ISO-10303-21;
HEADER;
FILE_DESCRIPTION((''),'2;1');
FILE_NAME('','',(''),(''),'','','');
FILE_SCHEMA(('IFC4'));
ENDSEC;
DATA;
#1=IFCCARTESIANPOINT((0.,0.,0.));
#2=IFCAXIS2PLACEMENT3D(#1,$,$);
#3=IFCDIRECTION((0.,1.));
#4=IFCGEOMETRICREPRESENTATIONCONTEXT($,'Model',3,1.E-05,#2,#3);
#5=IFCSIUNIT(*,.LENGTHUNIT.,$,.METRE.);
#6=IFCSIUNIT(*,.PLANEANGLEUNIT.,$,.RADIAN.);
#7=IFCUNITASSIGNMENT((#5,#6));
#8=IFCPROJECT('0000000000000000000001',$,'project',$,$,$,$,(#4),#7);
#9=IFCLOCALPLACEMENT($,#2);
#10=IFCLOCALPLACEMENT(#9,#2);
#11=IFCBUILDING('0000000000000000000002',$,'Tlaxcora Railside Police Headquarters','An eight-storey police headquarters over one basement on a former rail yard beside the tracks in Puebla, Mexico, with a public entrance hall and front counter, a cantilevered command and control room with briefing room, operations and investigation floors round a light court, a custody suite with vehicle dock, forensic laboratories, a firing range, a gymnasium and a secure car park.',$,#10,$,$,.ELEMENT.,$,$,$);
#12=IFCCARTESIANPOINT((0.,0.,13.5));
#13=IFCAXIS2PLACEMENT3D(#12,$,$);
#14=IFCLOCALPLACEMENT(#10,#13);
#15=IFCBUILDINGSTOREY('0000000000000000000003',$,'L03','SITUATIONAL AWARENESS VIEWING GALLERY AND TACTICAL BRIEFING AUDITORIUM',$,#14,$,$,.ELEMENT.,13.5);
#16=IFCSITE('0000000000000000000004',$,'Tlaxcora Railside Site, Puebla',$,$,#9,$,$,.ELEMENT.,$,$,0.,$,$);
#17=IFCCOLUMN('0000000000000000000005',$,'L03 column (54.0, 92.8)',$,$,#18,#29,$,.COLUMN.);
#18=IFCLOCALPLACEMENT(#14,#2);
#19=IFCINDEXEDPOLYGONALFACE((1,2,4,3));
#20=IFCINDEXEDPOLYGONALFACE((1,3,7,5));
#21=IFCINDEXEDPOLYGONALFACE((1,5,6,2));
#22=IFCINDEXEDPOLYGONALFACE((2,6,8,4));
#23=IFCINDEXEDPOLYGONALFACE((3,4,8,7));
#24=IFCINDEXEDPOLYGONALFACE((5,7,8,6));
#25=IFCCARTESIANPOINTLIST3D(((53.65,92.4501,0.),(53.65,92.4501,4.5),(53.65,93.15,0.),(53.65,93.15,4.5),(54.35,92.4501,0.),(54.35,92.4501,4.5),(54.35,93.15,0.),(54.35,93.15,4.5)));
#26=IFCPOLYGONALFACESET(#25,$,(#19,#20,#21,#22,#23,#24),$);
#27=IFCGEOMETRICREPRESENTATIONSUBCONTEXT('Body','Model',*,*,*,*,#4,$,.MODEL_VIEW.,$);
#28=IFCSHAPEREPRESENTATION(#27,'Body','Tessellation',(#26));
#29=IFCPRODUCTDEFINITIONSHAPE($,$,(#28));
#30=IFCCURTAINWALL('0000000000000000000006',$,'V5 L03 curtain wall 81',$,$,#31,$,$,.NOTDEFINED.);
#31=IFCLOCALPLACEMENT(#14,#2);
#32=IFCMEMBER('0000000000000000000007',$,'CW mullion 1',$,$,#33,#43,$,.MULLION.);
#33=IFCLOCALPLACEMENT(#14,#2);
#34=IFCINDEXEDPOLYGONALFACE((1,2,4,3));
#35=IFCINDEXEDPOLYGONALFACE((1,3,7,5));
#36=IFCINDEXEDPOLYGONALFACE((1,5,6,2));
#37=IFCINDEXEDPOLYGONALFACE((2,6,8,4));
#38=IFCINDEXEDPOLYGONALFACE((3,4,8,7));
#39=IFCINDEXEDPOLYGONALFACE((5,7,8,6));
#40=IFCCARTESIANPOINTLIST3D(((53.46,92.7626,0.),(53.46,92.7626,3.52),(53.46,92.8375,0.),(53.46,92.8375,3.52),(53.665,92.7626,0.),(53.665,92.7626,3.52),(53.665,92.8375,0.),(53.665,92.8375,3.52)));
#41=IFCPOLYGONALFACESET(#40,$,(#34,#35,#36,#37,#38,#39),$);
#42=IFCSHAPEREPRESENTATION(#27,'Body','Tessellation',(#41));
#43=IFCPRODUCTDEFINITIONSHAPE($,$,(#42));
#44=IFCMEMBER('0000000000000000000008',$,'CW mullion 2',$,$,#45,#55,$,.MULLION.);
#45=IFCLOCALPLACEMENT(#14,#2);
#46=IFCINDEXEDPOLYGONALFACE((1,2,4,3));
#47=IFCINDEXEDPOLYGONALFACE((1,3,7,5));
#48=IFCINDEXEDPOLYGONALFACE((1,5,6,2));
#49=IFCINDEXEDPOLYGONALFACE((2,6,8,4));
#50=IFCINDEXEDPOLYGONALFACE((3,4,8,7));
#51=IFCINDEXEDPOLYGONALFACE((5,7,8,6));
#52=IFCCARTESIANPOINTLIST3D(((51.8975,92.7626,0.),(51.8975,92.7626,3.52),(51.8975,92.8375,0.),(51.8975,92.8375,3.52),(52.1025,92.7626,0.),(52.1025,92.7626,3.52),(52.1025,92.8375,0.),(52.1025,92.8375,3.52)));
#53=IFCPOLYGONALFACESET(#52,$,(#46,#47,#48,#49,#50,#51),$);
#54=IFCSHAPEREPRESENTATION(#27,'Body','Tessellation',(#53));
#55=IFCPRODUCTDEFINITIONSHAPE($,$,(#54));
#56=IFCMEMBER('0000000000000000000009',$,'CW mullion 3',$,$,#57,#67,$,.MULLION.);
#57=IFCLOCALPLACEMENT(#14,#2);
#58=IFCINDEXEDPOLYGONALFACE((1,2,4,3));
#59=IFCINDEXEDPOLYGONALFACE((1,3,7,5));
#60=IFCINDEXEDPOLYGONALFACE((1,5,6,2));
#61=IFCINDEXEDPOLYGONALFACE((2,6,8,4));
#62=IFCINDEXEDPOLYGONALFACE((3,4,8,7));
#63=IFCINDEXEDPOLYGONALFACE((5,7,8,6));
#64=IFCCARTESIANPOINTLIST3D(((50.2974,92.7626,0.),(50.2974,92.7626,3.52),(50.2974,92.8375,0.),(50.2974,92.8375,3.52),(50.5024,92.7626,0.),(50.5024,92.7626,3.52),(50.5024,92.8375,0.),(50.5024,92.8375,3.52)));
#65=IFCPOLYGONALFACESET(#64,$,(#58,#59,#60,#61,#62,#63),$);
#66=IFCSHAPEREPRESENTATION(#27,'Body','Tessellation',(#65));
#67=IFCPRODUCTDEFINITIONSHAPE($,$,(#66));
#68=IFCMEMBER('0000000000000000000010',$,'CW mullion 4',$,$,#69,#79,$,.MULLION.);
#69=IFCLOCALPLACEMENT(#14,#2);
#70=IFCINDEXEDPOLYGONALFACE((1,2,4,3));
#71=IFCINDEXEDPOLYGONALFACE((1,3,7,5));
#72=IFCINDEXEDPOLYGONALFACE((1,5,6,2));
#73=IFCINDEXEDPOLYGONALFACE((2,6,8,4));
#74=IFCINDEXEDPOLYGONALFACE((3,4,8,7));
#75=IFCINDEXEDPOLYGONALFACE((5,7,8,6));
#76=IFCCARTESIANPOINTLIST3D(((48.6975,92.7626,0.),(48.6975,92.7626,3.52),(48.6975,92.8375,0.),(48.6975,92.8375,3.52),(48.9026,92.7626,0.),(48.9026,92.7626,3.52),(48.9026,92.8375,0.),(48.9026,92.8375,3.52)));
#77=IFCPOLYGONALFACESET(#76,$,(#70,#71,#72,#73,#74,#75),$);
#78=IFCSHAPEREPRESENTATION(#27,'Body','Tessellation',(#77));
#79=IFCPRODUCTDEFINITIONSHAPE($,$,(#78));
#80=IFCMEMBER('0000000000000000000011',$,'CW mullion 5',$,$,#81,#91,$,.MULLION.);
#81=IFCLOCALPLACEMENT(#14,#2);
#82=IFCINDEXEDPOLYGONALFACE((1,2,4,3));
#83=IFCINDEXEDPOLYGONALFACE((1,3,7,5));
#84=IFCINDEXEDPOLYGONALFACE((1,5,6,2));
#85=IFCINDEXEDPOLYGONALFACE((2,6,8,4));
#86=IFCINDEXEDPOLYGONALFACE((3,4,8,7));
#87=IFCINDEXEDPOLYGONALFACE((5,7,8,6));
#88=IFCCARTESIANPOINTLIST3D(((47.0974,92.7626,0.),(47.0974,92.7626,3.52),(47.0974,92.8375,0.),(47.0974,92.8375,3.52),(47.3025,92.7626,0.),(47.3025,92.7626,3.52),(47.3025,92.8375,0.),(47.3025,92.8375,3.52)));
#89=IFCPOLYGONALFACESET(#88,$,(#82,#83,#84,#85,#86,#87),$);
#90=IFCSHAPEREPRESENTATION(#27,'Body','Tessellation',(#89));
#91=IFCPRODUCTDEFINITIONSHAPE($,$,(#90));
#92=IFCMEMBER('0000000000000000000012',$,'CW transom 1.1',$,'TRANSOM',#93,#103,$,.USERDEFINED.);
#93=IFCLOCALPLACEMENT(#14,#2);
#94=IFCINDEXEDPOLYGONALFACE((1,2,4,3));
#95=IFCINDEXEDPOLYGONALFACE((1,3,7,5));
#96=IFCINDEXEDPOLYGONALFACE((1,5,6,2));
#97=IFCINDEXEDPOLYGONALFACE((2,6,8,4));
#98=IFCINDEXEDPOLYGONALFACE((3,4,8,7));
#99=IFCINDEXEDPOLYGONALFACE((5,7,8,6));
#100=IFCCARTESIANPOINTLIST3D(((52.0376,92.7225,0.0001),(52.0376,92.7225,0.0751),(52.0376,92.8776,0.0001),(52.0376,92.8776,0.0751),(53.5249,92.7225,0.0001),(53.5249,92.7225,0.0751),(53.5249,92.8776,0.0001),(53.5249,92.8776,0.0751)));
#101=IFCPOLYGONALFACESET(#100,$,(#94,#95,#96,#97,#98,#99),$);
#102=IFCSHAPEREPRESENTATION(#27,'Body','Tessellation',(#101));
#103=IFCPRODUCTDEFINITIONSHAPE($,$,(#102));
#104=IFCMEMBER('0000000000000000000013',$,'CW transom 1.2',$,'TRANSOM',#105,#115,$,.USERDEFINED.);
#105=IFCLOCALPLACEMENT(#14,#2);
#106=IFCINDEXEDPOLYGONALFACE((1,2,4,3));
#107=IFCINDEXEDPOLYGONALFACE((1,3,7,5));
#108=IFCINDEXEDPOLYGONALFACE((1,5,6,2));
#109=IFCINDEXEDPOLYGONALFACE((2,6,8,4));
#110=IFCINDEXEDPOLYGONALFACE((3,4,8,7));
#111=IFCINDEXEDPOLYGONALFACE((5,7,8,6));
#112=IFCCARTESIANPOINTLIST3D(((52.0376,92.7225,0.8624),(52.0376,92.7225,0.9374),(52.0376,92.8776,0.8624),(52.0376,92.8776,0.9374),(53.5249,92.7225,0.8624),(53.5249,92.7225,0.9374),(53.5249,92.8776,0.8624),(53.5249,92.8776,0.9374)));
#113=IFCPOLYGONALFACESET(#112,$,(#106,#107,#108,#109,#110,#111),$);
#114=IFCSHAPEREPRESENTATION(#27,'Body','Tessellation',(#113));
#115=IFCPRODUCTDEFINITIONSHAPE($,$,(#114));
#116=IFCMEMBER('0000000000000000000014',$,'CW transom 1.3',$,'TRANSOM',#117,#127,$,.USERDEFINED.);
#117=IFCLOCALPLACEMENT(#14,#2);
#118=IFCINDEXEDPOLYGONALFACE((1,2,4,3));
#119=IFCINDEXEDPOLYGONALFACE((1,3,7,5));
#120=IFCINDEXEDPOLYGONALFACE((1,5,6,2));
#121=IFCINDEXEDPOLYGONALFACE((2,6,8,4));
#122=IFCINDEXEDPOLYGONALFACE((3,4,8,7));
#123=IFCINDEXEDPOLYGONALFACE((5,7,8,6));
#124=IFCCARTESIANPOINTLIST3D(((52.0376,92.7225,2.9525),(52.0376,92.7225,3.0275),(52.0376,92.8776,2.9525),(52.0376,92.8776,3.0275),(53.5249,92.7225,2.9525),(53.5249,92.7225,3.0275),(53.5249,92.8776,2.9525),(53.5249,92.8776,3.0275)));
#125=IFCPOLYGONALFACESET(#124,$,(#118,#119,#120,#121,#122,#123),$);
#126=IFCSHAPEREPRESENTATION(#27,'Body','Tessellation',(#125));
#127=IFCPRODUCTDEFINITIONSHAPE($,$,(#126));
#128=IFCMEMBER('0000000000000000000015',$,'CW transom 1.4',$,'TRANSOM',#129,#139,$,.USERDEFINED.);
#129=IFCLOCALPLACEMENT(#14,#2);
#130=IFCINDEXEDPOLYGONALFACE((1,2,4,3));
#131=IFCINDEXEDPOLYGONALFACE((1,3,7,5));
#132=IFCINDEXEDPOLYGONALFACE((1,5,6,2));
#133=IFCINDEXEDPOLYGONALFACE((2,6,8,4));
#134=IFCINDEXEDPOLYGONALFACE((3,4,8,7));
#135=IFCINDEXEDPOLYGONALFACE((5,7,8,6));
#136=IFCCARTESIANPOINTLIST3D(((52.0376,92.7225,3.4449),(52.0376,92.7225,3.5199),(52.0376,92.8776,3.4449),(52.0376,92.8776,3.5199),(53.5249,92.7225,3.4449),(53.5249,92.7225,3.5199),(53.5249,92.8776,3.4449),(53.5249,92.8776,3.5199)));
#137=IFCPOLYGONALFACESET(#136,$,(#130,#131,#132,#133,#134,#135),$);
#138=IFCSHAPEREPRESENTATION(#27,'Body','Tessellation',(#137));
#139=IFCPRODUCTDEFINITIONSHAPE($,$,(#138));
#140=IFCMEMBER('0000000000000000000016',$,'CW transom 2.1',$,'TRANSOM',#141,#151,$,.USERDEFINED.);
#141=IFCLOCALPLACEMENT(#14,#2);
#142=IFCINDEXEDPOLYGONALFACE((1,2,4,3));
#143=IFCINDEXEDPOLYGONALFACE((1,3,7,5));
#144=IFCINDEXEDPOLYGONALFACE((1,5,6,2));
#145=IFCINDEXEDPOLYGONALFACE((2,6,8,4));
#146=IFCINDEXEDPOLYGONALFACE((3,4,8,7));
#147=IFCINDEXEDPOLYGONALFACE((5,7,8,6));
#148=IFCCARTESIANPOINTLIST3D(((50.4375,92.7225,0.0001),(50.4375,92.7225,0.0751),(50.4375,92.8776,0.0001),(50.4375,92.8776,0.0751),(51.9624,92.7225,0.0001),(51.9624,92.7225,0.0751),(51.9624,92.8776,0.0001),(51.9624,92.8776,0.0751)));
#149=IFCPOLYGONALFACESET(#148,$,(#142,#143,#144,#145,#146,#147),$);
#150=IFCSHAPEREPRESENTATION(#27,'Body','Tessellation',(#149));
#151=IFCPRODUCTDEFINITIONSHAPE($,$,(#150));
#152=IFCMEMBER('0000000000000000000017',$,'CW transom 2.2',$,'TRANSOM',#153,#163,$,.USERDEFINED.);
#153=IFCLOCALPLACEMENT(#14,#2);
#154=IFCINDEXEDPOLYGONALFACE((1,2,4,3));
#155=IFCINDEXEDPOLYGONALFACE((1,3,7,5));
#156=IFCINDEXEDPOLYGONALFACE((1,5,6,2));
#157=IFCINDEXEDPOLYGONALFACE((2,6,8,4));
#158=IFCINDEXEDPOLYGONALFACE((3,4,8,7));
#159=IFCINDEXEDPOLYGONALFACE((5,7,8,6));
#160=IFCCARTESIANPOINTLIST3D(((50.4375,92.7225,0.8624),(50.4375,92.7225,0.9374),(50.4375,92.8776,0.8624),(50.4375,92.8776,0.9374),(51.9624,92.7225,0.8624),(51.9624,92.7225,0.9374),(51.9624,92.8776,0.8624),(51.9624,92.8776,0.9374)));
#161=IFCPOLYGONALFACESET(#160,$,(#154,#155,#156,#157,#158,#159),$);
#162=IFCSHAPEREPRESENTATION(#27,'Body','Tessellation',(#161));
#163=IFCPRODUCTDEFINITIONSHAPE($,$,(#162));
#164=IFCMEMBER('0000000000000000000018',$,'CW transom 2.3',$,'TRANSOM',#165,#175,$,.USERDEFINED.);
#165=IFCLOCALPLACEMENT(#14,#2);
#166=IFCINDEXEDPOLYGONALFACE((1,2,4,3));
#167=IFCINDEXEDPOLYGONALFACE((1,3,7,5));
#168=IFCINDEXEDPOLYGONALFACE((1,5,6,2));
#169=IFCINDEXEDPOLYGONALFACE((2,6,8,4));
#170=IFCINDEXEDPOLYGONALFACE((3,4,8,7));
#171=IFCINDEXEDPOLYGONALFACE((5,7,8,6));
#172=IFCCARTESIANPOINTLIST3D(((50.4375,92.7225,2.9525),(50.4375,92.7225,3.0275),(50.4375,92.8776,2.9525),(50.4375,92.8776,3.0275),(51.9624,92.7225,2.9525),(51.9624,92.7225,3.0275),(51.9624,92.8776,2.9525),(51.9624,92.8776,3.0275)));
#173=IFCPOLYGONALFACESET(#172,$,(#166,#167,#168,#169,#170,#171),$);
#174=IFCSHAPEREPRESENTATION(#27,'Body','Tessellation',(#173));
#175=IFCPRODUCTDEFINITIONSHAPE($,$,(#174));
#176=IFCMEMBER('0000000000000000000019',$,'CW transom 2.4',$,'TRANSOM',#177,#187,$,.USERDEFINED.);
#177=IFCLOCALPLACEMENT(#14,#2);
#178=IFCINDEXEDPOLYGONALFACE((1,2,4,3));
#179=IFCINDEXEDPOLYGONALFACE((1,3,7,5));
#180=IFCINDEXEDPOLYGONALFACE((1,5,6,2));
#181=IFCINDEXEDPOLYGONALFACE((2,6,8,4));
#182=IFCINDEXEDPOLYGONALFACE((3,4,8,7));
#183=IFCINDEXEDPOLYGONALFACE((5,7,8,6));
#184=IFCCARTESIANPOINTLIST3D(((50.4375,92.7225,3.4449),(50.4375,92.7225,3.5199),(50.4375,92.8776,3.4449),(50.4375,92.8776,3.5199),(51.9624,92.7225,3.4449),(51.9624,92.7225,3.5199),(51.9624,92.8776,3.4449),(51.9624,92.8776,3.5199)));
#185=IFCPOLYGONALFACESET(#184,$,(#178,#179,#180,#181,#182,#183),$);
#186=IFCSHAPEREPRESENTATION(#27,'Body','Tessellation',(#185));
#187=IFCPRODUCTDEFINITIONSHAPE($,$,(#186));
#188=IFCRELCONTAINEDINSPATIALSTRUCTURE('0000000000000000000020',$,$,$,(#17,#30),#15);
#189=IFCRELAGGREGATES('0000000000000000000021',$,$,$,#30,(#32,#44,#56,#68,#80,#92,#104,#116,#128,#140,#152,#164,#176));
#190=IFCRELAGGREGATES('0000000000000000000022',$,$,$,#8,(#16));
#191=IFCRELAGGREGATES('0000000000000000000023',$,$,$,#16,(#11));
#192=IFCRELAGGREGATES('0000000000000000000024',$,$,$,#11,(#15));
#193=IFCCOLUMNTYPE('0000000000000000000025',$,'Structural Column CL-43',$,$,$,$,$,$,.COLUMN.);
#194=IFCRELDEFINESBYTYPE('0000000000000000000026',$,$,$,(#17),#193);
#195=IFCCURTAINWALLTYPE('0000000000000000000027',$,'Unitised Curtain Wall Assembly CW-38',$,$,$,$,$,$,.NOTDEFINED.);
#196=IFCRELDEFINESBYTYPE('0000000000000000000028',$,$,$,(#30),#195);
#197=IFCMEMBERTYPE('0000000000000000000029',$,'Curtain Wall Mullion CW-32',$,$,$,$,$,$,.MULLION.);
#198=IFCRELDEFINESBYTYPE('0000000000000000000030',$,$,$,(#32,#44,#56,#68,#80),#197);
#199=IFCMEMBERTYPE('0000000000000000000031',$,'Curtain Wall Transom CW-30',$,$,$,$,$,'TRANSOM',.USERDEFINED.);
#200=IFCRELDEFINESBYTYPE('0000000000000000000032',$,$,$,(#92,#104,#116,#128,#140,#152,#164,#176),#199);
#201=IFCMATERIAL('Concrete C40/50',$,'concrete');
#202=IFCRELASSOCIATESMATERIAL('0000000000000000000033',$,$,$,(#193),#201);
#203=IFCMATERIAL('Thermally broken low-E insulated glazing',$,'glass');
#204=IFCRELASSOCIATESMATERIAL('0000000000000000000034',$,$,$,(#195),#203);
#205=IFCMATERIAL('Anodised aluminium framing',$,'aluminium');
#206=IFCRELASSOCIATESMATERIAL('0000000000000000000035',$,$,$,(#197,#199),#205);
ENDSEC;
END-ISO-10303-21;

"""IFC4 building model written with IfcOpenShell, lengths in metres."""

from ifc_helpers import new_model, si_unit, direction, frame, origin, origin_2d, place, context, subcontext, project, spatial, rectangle, extrude, material, material_profile, profile_set, type_object, element, aggregate, save


model = new_model("IFC4")

# Units and contexts
model_context = context("Model", 3, precision=1e-05, world=origin(), true_north=direction((0.0, 1.0)))
body_context = subcontext(model_context, "Body", "Model", "MODEL_VIEW")
ifc_project = project(units=[si_unit("LENGTHUNIT", "METRE"), si_unit("PLANEANGLEUNIT", "RADIAN")], contexts=[model_context])

# Site, building, storey
site_placement = place(None, origin())
site = spatial("IfcSite", under=ifc_project, at=site_placement, Name="Tlaxcora Railside Site, Puebla", CompositionType="ELEMENT", RefElevation=0.0)
building_placement = place(site_placement, origin())
building = spatial("IfcBuilding", under=site, at=building_placement, Name="Tlaxcora Railside Police Headquarters", Description="An eight-storey police headquarters over one basement on a former rail yard beside the tracks in Puebla, Mexico, with a public entrance hall and front counter, a cantilevered command and control room with briefing room, operations and investigation floors round a light court, a custody suite with vehicle dock, forensic laboratories, a firing range, a gymnasium and a secure car park.", CompositionType="ELEMENT")
storey_placement = place(building_placement, frame((0.0, 0.0, 13.5)))
storey = spatial("IfcBuildingStorey", under=building, at=storey_placement, Name="L03", Description="SITUATIONAL AWARENESS VIEWING GALLERY AND TACTICAL BRIEFING AUDITORIUM", CompositionType="ELEMENT", Elevation=13.5)

# Column
ifc_material_1 = material(Name="Concrete C40/50", Category="concrete")
ifc_material_profile_1 = material_profile(ifc_material_1, rectangle(XDim=0.7, YDim=0.7, at=origin_2d()), Name="RC700X700")
ifc_profile_set_1 = profile_set([ifc_material_profile_1], Name="Concrete C40/50")
column_type = type_object("IfcColumnType", Name="Structural Column CL-43", PredefinedType="COLUMN", material=ifc_profile_set_1)
column_placement = place(storey_placement, frame((54.0, 92.8, 0.0), z_axis=(0.0, 0.0, 1.0), x_axis=(1.0, 0.0, 0.0)))
element("IfcColumn", 1, at=column_placement, inside=storey, type_object=column_type, Name="L03 column (54.0, 92.8)", PredefinedType="COLUMN", context=body_context, shape_type="SweptSolid", body=[
    extrude(rectangle(XDim=0.7, YDim=0.7, at=origin_2d()), origin(), (0.0, 0.0, 1.0), 4.5),
])

# Curtain wall, members
ifc_material_2 = material(Name="Thermally broken low-E insulated glazing", Category="glass")
curtain_wall_type = type_object("IfcCurtainWallType", Name="Unitised Curtain Wall Assembly CW-38", PredefinedType="NOTDEFINED", material=ifc_material_2)
curtain_wall_placement = place(storey_placement, origin())
curtain_wall = element("IfcCurtainWall", 2, at=curtain_wall_placement, inside=storey, type_object=curtain_wall_type, Name="V5 L03 curtain wall 81", PredefinedType="NOTDEFINED")
ifc_material_3 = material(Name="Anodised aluminium framing", Category="aluminium")
ifc_material_profile_2 = material_profile(ifc_material_3, rectangle(XDim=0.075, YDim=0.2051, at=origin_2d()), Name="AL75X205")
ifc_profile_set_2 = profile_set([ifc_material_profile_2], Name="Anodised aluminium framing")
member_type_1 = type_object("IfcMemberType", Name="Curtain Wall Mullion CW-32", PredefinedType="MULLION", material=ifc_profile_set_2)
member_1_placement = place(storey_placement, frame((53.5625, 92.8, 0.0), z_axis=(0.0, 0.0, 1.0), x_axis=(0.0, -1.0, 0.0)))
member_1 = element("IfcMember", 3, at=member_1_placement, type_object=member_type_1, Name="CW mullion 1", PredefinedType="MULLION", context=body_context, shape_type="SweptSolid", body=[
    extrude(rectangle(XDim=0.075, YDim=0.2051, at=origin_2d()), origin(), (0.0, 0.0, 1.0), 3.52),
])
member_2_placement = place(storey_placement, frame((52.0, 92.8, 0.0), z_axis=(0.0, 0.0, 1.0), x_axis=(0.0, -1.0, 0.0)))
member_2 = element("IfcMember", 4, at=member_2_placement, type_object=member_type_1, Name="CW mullion 2", PredefinedType="MULLION", context=body_context, shape_type="SweptSolid", body=[
    extrude(rectangle(XDim=0.075, YDim=0.2051, at=origin_2d()), origin(), (0.0, 0.0, 1.0), 3.52),
])
member_3_placement = place(storey_placement, frame((50.3999, 92.8, 0.0), z_axis=(0.0, 0.0, 1.0), x_axis=(0.0, -1.0, 0.0)))
member_3 = element("IfcMember", 5, at=member_3_placement, type_object=member_type_1, Name="CW mullion 3", PredefinedType="MULLION", context=body_context, shape_type="SweptSolid", body=[
    extrude(rectangle(XDim=0.075, YDim=0.2051, at=origin_2d()), origin(), (0.0, 0.0, 1.0), 3.52),
])
member_4_placement = place(storey_placement, frame((48.8, 92.8, 0.0), z_axis=(0.0, 0.0, 1.0), x_axis=(0.0, -1.0, 0.0)))
member_4 = element("IfcMember", 6, at=member_4_placement, type_object=member_type_1, Name="CW mullion 4", PredefinedType="MULLION", context=body_context, shape_type="SweptSolid", body=[
    extrude(rectangle(XDim=0.075, YDim=0.2051, at=origin_2d()), origin(), (0.0, 0.0, 1.0), 3.52),
])
member_5_placement = place(storey_placement, frame((47.2, 92.8, 0.0), z_axis=(0.0, 0.0, 1.0), x_axis=(0.0, -1.0, 0.0)))
member_5 = element("IfcMember", 7, at=member_5_placement, type_object=member_type_1, Name="CW mullion 5", PredefinedType="MULLION", context=body_context, shape_type="SweptSolid", body=[
    extrude(rectangle(XDim=0.075, YDim=0.2051, at=origin_2d()), origin(), (0.0, 0.0, 1.0), 3.52),
])
ifc_material_profile_3 = material_profile(ifc_material_3, rectangle(XDim=0.155, YDim=0.075, at=origin_2d()), Name="AL75X155")
ifc_profile_set_3 = profile_set([ifc_material_profile_3], Name="Anodised aluminium framing")
member_type_2 = type_object("IfcMemberType", Name="Curtain Wall Transom CW-30", ElementType="TRANSOM", PredefinedType="USERDEFINED", material=ifc_profile_set_3)
member_6_placement = place(storey_placement, frame((53.5249, 92.8, 0.0376), z_axis=(-1.0, 0.0, 0.0), x_axis=(0.0, -1.0, 0.0)))
member_6 = element("IfcMember", 8, at=member_6_placement, type_object=member_type_2, Name="CW transom 1.1", ObjectType="TRANSOM", PredefinedType="USERDEFINED", context=body_context, shape_type="SweptSolid", body=[
    extrude(rectangle(XDim=0.155, YDim=0.075, at=origin_2d()), origin(), (0.0, 0.0, 1.0), 1.4873),
])
member_7_placement = place(storey_placement, frame((53.5249, 92.8, 0.8999), z_axis=(-1.0, 0.0, 0.0), x_axis=(0.0, -1.0, 0.0)))
member_7 = element("IfcMember", 9, at=member_7_placement, type_object=member_type_2, Name="CW transom 1.2", ObjectType="TRANSOM", PredefinedType="USERDEFINED", context=body_context, shape_type="SweptSolid", body=[
    extrude(rectangle(XDim=0.155, YDim=0.075, at=origin_2d()), origin(), (0.0, 0.0, 1.0), 1.4873),
])
member_8_placement = place(storey_placement, frame((53.5249, 92.8, 2.99), z_axis=(-1.0, 0.0, 0.0), x_axis=(0.0, -1.0, 0.0)))
member_8 = element("IfcMember", 10, at=member_8_placement, type_object=member_type_2, Name="CW transom 1.3", ObjectType="TRANSOM", PredefinedType="USERDEFINED", context=body_context, shape_type="SweptSolid", body=[
    extrude(rectangle(XDim=0.155, YDim=0.075, at=origin_2d()), origin(), (0.0, 0.0, 1.0), 1.4873),
])
member_9_placement = place(storey_placement, frame((53.5249, 92.8, 3.4824), z_axis=(-1.0, 0.0, 0.0), x_axis=(0.0, -1.0, 0.0)))
member_9 = element("IfcMember", 11, at=member_9_placement, type_object=member_type_2, Name="CW transom 1.4", ObjectType="TRANSOM", PredefinedType="USERDEFINED", context=body_context, shape_type="SweptSolid", body=[
    extrude(rectangle(XDim=0.155, YDim=0.075, at=origin_2d()), origin(), (0.0, 0.0, 1.0), 1.4873),
])
member_10_placement = place(storey_placement, frame((51.9624, 92.8, 0.0376), z_axis=(-1.0, 0.0, 0.0), x_axis=(0.0, -1.0, 0.0)))
member_10 = element("IfcMember", 12, at=member_10_placement, type_object=member_type_2, Name="CW transom 2.1", ObjectType="TRANSOM", PredefinedType="USERDEFINED", context=body_context, shape_type="SweptSolid", body=[
    extrude(rectangle(XDim=0.155, YDim=0.075, at=origin_2d()), origin(), (0.0, 0.0, 1.0), 1.5249),
])
member_11_placement = place(storey_placement, frame((51.9624, 92.8, 0.8999), z_axis=(-1.0, 0.0, 0.0), x_axis=(0.0, -1.0, 0.0)))
member_11 = element("IfcMember", 13, at=member_11_placement, type_object=member_type_2, Name="CW transom 2.2", ObjectType="TRANSOM", PredefinedType="USERDEFINED", context=body_context, shape_type="SweptSolid", body=[
    extrude(rectangle(XDim=0.155, YDim=0.075, at=origin_2d()), origin(), (0.0, 0.0, 1.0), 1.5249),
])
member_12_placement = place(storey_placement, frame((51.9624, 92.8, 2.99), z_axis=(-1.0, 0.0, 0.0), x_axis=(0.0, -1.0, 0.0)))
member_12 = element("IfcMember", 14, at=member_12_placement, type_object=member_type_2, Name="CW transom 2.3", ObjectType="TRANSOM", PredefinedType="USERDEFINED", context=body_context, shape_type="SweptSolid", body=[
    extrude(rectangle(XDim=0.155, YDim=0.075, at=origin_2d()), origin(), (0.0, 0.0, 1.0), 1.5249),
])
member_13_placement = place(storey_placement, frame((51.9624, 92.8, 3.4824), z_axis=(-1.0, 0.0, 0.0), x_axis=(0.0, -1.0, 0.0)))
member_13 = element("IfcMember", 15, at=member_13_placement, type_object=member_type_2, Name="CW transom 2.4", ObjectType="TRANSOM", PredefinedType="USERDEFINED", context=body_context, shape_type="SweptSolid", body=[
    extrude(rectangle(XDim=0.155, YDim=0.075, at=origin_2d()), origin(), (0.0, 0.0, 1.0), 1.5249),
])

aggregate(curtain_wall, [member_1, member_2, member_3, member_4, member_5, member_6, member_7, member_8, member_9, member_10, member_11, member_12, member_13])

save(model, "model.ifc")
